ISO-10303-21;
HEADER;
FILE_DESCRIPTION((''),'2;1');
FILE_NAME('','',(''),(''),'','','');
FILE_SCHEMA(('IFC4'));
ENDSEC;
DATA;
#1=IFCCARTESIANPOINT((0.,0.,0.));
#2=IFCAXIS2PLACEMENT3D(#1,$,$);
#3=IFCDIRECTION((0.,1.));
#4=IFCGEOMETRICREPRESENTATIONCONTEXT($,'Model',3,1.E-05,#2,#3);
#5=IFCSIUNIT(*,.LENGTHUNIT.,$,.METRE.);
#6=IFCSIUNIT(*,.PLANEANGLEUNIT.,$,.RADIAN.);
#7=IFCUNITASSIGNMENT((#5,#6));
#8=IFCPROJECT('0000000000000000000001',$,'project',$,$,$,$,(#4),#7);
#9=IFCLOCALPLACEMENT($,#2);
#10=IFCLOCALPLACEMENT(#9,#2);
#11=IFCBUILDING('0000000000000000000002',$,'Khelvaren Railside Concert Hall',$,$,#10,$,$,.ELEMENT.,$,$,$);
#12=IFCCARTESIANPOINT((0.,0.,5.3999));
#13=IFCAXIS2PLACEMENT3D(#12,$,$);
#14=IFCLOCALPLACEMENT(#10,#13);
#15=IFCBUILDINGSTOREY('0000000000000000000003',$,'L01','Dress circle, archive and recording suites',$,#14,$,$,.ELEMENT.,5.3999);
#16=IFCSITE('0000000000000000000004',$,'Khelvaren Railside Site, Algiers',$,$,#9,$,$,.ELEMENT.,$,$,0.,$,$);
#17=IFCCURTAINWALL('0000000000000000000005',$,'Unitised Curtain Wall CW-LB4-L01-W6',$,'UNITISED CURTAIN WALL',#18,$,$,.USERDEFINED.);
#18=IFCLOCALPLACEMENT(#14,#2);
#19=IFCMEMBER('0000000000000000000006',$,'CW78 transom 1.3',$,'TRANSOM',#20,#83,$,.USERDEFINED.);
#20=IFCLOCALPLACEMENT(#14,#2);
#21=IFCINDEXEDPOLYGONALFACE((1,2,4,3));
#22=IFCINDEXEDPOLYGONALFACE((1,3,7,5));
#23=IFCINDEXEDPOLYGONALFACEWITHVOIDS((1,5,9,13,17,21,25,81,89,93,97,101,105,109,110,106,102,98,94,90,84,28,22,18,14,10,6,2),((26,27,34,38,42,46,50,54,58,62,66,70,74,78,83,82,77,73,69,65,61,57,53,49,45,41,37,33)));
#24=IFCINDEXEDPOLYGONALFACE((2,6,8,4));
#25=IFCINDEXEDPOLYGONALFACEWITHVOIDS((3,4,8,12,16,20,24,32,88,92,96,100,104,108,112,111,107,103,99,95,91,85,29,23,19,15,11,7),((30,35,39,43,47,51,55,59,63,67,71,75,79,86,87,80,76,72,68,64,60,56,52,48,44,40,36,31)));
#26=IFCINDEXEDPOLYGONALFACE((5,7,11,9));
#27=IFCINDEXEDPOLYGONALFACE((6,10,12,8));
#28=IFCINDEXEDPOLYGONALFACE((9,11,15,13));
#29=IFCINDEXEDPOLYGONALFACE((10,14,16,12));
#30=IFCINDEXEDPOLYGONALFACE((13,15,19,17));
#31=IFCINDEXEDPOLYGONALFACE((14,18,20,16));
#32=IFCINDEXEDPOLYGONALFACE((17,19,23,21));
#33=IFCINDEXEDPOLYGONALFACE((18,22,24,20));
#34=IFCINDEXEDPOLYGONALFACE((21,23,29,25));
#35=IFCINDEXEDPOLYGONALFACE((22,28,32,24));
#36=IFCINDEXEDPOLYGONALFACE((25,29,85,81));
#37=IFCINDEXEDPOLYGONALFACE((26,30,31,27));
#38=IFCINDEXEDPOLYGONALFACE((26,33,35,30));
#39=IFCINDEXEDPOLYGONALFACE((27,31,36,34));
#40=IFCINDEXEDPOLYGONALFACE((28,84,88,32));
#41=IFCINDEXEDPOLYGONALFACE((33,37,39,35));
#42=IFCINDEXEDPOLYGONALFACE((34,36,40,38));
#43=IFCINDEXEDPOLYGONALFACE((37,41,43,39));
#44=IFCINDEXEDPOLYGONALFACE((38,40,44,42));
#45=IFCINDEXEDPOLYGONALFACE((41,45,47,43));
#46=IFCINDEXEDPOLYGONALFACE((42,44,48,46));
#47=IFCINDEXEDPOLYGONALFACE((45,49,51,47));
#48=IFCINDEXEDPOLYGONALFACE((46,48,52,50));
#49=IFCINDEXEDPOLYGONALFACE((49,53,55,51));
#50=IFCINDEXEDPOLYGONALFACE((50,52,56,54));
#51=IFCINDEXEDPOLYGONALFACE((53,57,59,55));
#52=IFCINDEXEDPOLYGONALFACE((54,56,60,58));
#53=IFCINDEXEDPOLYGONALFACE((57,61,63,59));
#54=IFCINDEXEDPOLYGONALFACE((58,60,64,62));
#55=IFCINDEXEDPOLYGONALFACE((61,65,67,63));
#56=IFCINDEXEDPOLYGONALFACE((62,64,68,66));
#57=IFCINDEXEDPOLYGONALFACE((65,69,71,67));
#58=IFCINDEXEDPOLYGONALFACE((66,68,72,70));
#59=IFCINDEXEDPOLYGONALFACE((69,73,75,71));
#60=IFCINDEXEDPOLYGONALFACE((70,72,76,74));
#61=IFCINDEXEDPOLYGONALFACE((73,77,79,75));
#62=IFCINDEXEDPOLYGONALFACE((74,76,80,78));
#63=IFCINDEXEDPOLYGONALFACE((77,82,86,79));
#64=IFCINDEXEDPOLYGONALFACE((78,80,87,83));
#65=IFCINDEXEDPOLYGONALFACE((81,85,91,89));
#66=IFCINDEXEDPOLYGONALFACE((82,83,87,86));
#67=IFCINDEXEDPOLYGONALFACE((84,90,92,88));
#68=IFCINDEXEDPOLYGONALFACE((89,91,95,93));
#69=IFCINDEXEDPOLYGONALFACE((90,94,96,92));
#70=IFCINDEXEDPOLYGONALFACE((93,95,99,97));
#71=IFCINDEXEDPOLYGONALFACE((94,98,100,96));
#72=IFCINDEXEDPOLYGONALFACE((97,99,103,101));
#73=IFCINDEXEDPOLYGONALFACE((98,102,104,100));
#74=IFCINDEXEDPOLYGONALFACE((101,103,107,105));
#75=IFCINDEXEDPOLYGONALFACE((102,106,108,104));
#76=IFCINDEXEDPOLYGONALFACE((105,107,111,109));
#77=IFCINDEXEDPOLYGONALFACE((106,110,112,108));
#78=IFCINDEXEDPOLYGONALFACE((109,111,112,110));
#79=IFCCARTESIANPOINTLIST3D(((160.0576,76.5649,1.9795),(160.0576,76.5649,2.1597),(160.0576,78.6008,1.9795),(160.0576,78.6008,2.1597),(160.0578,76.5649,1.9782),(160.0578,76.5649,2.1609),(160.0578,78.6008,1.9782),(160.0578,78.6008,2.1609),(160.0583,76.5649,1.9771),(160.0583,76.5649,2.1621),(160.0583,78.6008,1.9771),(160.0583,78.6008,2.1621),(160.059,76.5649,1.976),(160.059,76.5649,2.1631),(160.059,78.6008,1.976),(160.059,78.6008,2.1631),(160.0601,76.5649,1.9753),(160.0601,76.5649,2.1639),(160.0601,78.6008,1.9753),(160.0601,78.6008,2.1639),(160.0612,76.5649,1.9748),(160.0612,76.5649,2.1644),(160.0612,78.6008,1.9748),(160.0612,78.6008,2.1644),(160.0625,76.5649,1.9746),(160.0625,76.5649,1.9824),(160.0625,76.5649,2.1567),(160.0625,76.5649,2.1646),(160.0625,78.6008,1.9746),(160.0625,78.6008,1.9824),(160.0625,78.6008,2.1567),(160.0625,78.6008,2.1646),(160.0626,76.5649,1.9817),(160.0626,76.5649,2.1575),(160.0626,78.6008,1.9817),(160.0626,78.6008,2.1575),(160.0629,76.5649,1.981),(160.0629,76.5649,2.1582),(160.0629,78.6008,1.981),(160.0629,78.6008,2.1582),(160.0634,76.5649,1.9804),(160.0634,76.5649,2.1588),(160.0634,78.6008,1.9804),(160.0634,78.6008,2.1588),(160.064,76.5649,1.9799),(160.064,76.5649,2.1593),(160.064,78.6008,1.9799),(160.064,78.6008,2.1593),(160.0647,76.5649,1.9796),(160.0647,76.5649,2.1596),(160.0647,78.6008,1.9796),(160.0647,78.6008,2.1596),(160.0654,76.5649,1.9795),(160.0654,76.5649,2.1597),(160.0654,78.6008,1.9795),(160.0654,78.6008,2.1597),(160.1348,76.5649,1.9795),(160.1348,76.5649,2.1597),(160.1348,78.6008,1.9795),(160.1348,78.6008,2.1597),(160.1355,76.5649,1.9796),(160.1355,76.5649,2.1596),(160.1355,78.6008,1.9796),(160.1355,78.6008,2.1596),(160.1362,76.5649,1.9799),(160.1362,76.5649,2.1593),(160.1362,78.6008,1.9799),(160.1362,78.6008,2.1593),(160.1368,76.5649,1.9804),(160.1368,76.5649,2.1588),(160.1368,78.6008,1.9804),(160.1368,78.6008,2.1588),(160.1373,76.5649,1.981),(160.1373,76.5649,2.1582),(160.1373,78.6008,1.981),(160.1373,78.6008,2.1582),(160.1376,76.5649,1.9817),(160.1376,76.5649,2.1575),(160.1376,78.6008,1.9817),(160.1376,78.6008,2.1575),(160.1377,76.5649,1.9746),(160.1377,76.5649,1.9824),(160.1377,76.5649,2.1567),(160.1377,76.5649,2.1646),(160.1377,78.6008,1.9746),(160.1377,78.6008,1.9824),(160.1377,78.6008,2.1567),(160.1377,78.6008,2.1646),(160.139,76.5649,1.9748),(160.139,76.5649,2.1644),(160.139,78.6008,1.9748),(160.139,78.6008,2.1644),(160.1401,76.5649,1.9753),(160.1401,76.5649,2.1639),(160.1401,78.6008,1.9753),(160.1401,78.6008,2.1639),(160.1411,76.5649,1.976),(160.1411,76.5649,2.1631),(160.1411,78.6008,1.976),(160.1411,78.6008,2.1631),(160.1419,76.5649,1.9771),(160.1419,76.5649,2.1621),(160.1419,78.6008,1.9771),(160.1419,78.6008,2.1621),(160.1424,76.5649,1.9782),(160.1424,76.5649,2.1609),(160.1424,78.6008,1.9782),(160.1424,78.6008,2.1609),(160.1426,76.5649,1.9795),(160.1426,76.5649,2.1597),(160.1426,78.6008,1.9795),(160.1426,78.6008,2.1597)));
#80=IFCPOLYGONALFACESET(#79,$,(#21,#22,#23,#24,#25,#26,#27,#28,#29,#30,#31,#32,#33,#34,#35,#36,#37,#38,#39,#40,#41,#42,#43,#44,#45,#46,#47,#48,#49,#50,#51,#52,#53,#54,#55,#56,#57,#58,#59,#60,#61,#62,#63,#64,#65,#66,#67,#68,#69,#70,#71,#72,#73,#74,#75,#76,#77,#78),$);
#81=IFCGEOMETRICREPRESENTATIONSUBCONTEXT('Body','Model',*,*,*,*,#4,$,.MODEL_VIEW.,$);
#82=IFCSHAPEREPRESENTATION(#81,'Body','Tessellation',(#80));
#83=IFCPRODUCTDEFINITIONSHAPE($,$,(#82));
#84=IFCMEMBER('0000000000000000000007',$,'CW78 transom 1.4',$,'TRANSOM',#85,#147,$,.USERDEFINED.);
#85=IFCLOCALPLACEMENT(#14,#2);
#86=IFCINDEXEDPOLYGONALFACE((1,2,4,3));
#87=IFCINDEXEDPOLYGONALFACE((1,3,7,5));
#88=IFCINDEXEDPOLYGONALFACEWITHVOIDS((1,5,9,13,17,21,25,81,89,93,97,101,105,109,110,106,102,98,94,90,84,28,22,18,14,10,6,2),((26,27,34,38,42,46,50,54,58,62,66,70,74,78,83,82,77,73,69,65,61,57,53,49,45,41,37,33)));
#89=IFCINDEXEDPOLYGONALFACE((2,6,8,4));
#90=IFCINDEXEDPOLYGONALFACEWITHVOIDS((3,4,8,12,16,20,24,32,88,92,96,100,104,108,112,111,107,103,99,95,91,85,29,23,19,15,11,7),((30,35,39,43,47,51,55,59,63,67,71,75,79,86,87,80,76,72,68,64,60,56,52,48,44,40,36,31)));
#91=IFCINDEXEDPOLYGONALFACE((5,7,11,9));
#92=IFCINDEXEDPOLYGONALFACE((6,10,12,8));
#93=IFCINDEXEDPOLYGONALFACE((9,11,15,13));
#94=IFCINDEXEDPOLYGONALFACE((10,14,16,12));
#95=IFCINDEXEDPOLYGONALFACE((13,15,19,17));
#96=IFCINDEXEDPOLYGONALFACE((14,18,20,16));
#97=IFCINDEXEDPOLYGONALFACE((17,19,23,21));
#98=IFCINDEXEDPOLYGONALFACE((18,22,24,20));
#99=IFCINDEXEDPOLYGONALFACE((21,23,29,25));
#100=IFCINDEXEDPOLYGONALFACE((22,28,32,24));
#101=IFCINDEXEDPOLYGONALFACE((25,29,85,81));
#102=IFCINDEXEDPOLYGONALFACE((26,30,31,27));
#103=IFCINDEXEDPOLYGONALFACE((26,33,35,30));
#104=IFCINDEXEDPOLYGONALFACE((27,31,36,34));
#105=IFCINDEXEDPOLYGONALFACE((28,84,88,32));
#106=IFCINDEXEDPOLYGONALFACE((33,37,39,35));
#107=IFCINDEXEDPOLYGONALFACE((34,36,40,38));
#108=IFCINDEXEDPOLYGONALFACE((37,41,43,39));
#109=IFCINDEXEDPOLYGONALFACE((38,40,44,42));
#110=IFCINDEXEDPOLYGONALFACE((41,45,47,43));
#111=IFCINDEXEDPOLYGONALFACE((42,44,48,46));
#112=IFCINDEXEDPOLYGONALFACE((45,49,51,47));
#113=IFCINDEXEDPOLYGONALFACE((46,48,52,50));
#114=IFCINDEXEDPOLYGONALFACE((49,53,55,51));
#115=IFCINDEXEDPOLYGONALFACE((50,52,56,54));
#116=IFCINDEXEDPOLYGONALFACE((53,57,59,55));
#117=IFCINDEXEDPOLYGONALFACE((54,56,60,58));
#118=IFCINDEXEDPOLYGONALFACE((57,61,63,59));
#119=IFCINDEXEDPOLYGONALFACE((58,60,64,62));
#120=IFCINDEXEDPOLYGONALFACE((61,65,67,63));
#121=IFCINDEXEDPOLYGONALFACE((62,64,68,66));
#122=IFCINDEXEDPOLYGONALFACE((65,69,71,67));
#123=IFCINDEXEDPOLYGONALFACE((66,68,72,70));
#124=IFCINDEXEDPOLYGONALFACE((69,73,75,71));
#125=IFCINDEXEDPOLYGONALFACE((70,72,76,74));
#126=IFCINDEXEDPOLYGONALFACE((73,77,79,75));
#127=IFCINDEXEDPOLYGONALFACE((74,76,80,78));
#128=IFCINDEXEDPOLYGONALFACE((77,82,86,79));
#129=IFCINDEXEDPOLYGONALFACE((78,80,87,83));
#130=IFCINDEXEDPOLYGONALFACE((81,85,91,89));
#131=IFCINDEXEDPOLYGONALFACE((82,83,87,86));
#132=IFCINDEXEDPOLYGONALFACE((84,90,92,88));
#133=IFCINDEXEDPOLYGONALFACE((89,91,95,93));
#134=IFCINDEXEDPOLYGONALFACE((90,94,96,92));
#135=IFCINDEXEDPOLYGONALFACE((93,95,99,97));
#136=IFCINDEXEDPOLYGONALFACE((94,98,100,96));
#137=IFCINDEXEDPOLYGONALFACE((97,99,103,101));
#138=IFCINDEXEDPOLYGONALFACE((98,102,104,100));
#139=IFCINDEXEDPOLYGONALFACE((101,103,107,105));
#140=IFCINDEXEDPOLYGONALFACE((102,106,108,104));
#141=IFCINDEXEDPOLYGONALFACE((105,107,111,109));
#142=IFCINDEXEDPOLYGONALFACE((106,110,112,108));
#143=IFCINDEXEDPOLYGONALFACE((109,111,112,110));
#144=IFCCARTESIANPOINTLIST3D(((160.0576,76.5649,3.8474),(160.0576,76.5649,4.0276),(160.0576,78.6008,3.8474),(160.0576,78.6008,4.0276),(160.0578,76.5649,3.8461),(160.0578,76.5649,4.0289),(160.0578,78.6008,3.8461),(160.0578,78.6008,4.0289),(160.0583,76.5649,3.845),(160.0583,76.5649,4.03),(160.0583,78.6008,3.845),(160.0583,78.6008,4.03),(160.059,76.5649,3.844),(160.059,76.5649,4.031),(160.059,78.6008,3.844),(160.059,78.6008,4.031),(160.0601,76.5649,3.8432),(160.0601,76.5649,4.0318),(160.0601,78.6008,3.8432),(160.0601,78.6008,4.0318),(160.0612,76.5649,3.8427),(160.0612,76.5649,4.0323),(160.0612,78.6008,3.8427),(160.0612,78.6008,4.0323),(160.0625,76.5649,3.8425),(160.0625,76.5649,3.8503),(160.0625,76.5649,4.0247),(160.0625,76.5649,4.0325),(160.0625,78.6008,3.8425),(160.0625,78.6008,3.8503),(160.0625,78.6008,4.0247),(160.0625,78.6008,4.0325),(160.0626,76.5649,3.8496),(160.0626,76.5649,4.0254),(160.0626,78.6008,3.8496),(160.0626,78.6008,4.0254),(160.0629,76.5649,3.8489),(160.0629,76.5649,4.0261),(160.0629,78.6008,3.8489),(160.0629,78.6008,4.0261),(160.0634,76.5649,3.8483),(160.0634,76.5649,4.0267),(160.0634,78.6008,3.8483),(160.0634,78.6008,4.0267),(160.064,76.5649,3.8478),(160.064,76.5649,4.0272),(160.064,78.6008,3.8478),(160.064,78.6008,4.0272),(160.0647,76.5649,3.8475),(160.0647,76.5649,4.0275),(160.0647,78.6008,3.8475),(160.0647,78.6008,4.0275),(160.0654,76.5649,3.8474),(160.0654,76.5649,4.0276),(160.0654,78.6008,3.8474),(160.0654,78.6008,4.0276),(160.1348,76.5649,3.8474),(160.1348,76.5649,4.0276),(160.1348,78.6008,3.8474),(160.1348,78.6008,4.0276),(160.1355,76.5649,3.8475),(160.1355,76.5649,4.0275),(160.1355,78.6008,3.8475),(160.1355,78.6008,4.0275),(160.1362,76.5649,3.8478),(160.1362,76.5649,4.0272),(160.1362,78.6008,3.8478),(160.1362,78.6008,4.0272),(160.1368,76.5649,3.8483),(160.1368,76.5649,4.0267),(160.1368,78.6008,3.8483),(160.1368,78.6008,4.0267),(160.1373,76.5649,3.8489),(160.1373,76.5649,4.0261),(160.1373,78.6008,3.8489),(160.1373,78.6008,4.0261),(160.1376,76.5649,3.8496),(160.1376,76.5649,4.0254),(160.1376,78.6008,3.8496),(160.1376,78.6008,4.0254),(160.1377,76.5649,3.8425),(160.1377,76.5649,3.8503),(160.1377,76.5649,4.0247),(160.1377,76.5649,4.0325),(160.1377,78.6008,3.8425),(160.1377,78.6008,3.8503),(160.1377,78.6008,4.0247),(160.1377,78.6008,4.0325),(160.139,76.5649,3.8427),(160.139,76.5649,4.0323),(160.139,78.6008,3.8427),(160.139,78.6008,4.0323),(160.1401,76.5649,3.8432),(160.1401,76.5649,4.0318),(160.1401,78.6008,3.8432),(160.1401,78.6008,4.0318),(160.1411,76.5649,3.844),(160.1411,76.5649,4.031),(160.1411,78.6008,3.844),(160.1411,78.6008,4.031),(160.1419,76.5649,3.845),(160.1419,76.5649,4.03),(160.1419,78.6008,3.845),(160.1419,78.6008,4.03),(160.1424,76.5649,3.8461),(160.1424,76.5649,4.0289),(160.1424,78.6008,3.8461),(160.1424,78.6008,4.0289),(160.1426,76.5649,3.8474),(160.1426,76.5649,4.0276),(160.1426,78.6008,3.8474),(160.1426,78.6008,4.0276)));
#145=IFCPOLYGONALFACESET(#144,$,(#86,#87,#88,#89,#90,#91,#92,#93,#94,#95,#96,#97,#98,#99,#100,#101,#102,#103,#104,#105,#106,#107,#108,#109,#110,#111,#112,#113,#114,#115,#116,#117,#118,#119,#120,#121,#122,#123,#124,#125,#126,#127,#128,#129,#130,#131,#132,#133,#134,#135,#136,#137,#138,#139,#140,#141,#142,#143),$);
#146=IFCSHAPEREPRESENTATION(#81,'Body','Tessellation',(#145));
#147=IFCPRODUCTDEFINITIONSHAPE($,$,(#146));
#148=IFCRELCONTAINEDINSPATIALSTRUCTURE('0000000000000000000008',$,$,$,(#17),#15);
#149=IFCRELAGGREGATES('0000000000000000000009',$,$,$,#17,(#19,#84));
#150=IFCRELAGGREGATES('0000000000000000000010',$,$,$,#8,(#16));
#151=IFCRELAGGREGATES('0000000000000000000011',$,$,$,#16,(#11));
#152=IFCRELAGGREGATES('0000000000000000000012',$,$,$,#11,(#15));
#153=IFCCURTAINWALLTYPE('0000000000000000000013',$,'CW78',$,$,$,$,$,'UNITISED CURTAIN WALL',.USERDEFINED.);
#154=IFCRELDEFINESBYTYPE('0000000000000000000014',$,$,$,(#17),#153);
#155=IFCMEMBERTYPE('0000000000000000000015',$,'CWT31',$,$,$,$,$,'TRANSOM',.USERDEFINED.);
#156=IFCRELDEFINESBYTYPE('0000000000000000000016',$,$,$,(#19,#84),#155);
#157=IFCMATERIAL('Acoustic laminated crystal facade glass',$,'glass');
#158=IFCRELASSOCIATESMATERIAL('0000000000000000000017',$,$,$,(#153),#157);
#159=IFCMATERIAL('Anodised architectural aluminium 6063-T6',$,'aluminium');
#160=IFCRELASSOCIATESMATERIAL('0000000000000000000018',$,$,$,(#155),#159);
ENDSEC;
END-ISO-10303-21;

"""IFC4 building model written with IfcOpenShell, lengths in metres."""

from ifc_helpers import new_model, si_unit, direction, frame, origin, origin_2d, place, context, subcontext, project, spatial, hollow_rectangle, extrude, material, material_profile, profile_set, type_object, element, aggregate, save


model = new_model("IFC4")

# Units and contexts
model_context = context("Model", 3, precision=1e-05, world=origin(), true_north=direction((0.0, 1.0)))
body_context = subcontext(model_context, "Body", "Model", "MODEL_VIEW")
ifc_project = project(units=[si_unit("LENGTHUNIT", "METRE"), si_unit("PLANEANGLEUNIT", "RADIAN")], contexts=[model_context])

# Site, building, storey
site_placement = place(None, origin())
site = spatial("IfcSite", under=ifc_project, at=site_placement, Name="Khelvaren Railside Site, Algiers", CompositionType="ELEMENT", RefElevation=0.0)
building_placement = place(site_placement, origin())
building = spatial("IfcBuilding", under=site, at=building_placement, Name="Khelvaren Railside Concert Hall", CompositionType="ELEMENT")
storey_placement = place(building_placement, frame((0.0, 0.0, 5.3999)))
storey = spatial("IfcBuildingStorey", under=building, at=storey_placement, Name="L01", Description="Dress circle, archive and recording suites", CompositionType="ELEMENT", Elevation=5.3999)

# Curtain wall, members
ifc_material_1 = material(Name="Acoustic laminated crystal facade glass", Category="glass")
curtain_wall_type = type_object("IfcCurtainWallType", Name="CW78", ElementType="UNITISED CURTAIN WALL", PredefinedType="USERDEFINED", material=ifc_material_1)
curtain_wall_placement = place(storey_placement, origin())
curtain_wall = element("IfcCurtainWall", 1, at=curtain_wall_placement, inside=storey, type_object=curtain_wall_type, Name="Unitised Curtain Wall CW-LB4-L01-W6", ObjectType="UNITISED CURTAIN WALL", PredefinedType="USERDEFINED")
ifc_material_2 = material(Name="Anodised architectural aluminium 6063-T6", Category="aluminium")
ifc_material_profile_1 = material_profile(ifc_material_2, hollow_rectangle(XDim=0.085, YDim=0.1899, WallThickness=0.0049, InnerFilletRadius=0.0029, OuterFilletRadius=0.0049, at=origin_2d()), Name="CWT 85x190x5")
ifc_profile_set_1 = profile_set([ifc_material_profile_1], Name="Anodised architectural aluminium 6063-T6")
member_type_1 = type_object("IfcMemberType", Name="CWT31", ElementType="TRANSOM", PredefinedType="USERDEFINED", material=ifc_profile_set_1)
member_1_placement = place(storey_placement, frame((160.1001, 76.5649, 2.0696), z_axis=(0.0, 1.0, 0.0), x_axis=(-1.0, 0.0, 0.0)))
member_1 = element("IfcMember", 2, at=member_1_placement, type_object=member_type_1, Name="CW78 transom 1.3", ObjectType="TRANSOM", PredefinedType="USERDEFINED", context=body_context, shape_type="SweptSolid", body=[
    extrude(hollow_rectangle(XDim=0.085, YDim=0.1899, WallThickness=0.0049, InnerFilletRadius=0.0029, OuterFilletRadius=0.0049, at=origin_2d()), origin(), (0.0, 0.0, 1.0), 2.0359),
])
member_2_placement = place(storey_placement, frame((160.1001, 76.5649, 3.9375), z_axis=(0.0, 1.0, 0.0), x_axis=(-1.0, 0.0, 0.0)))
member_2 = element("IfcMember", 3, at=member_2_placement, type_object=member_type_1, Name="CW78 transom 1.4", ObjectType="TRANSOM", PredefinedType="USERDEFINED", context=body_context, shape_type="SweptSolid", body=[
    extrude(hollow_rectangle(XDim=0.085, YDim=0.1899, WallThickness=0.0049, InnerFilletRadius=0.0029, OuterFilletRadius=0.0049, at=origin_2d()), origin(), (0.0, 0.0, 1.0), 2.0359),
])

aggregate(curtain_wall, [member_1, member_2])

save(model, "model.ifc")
